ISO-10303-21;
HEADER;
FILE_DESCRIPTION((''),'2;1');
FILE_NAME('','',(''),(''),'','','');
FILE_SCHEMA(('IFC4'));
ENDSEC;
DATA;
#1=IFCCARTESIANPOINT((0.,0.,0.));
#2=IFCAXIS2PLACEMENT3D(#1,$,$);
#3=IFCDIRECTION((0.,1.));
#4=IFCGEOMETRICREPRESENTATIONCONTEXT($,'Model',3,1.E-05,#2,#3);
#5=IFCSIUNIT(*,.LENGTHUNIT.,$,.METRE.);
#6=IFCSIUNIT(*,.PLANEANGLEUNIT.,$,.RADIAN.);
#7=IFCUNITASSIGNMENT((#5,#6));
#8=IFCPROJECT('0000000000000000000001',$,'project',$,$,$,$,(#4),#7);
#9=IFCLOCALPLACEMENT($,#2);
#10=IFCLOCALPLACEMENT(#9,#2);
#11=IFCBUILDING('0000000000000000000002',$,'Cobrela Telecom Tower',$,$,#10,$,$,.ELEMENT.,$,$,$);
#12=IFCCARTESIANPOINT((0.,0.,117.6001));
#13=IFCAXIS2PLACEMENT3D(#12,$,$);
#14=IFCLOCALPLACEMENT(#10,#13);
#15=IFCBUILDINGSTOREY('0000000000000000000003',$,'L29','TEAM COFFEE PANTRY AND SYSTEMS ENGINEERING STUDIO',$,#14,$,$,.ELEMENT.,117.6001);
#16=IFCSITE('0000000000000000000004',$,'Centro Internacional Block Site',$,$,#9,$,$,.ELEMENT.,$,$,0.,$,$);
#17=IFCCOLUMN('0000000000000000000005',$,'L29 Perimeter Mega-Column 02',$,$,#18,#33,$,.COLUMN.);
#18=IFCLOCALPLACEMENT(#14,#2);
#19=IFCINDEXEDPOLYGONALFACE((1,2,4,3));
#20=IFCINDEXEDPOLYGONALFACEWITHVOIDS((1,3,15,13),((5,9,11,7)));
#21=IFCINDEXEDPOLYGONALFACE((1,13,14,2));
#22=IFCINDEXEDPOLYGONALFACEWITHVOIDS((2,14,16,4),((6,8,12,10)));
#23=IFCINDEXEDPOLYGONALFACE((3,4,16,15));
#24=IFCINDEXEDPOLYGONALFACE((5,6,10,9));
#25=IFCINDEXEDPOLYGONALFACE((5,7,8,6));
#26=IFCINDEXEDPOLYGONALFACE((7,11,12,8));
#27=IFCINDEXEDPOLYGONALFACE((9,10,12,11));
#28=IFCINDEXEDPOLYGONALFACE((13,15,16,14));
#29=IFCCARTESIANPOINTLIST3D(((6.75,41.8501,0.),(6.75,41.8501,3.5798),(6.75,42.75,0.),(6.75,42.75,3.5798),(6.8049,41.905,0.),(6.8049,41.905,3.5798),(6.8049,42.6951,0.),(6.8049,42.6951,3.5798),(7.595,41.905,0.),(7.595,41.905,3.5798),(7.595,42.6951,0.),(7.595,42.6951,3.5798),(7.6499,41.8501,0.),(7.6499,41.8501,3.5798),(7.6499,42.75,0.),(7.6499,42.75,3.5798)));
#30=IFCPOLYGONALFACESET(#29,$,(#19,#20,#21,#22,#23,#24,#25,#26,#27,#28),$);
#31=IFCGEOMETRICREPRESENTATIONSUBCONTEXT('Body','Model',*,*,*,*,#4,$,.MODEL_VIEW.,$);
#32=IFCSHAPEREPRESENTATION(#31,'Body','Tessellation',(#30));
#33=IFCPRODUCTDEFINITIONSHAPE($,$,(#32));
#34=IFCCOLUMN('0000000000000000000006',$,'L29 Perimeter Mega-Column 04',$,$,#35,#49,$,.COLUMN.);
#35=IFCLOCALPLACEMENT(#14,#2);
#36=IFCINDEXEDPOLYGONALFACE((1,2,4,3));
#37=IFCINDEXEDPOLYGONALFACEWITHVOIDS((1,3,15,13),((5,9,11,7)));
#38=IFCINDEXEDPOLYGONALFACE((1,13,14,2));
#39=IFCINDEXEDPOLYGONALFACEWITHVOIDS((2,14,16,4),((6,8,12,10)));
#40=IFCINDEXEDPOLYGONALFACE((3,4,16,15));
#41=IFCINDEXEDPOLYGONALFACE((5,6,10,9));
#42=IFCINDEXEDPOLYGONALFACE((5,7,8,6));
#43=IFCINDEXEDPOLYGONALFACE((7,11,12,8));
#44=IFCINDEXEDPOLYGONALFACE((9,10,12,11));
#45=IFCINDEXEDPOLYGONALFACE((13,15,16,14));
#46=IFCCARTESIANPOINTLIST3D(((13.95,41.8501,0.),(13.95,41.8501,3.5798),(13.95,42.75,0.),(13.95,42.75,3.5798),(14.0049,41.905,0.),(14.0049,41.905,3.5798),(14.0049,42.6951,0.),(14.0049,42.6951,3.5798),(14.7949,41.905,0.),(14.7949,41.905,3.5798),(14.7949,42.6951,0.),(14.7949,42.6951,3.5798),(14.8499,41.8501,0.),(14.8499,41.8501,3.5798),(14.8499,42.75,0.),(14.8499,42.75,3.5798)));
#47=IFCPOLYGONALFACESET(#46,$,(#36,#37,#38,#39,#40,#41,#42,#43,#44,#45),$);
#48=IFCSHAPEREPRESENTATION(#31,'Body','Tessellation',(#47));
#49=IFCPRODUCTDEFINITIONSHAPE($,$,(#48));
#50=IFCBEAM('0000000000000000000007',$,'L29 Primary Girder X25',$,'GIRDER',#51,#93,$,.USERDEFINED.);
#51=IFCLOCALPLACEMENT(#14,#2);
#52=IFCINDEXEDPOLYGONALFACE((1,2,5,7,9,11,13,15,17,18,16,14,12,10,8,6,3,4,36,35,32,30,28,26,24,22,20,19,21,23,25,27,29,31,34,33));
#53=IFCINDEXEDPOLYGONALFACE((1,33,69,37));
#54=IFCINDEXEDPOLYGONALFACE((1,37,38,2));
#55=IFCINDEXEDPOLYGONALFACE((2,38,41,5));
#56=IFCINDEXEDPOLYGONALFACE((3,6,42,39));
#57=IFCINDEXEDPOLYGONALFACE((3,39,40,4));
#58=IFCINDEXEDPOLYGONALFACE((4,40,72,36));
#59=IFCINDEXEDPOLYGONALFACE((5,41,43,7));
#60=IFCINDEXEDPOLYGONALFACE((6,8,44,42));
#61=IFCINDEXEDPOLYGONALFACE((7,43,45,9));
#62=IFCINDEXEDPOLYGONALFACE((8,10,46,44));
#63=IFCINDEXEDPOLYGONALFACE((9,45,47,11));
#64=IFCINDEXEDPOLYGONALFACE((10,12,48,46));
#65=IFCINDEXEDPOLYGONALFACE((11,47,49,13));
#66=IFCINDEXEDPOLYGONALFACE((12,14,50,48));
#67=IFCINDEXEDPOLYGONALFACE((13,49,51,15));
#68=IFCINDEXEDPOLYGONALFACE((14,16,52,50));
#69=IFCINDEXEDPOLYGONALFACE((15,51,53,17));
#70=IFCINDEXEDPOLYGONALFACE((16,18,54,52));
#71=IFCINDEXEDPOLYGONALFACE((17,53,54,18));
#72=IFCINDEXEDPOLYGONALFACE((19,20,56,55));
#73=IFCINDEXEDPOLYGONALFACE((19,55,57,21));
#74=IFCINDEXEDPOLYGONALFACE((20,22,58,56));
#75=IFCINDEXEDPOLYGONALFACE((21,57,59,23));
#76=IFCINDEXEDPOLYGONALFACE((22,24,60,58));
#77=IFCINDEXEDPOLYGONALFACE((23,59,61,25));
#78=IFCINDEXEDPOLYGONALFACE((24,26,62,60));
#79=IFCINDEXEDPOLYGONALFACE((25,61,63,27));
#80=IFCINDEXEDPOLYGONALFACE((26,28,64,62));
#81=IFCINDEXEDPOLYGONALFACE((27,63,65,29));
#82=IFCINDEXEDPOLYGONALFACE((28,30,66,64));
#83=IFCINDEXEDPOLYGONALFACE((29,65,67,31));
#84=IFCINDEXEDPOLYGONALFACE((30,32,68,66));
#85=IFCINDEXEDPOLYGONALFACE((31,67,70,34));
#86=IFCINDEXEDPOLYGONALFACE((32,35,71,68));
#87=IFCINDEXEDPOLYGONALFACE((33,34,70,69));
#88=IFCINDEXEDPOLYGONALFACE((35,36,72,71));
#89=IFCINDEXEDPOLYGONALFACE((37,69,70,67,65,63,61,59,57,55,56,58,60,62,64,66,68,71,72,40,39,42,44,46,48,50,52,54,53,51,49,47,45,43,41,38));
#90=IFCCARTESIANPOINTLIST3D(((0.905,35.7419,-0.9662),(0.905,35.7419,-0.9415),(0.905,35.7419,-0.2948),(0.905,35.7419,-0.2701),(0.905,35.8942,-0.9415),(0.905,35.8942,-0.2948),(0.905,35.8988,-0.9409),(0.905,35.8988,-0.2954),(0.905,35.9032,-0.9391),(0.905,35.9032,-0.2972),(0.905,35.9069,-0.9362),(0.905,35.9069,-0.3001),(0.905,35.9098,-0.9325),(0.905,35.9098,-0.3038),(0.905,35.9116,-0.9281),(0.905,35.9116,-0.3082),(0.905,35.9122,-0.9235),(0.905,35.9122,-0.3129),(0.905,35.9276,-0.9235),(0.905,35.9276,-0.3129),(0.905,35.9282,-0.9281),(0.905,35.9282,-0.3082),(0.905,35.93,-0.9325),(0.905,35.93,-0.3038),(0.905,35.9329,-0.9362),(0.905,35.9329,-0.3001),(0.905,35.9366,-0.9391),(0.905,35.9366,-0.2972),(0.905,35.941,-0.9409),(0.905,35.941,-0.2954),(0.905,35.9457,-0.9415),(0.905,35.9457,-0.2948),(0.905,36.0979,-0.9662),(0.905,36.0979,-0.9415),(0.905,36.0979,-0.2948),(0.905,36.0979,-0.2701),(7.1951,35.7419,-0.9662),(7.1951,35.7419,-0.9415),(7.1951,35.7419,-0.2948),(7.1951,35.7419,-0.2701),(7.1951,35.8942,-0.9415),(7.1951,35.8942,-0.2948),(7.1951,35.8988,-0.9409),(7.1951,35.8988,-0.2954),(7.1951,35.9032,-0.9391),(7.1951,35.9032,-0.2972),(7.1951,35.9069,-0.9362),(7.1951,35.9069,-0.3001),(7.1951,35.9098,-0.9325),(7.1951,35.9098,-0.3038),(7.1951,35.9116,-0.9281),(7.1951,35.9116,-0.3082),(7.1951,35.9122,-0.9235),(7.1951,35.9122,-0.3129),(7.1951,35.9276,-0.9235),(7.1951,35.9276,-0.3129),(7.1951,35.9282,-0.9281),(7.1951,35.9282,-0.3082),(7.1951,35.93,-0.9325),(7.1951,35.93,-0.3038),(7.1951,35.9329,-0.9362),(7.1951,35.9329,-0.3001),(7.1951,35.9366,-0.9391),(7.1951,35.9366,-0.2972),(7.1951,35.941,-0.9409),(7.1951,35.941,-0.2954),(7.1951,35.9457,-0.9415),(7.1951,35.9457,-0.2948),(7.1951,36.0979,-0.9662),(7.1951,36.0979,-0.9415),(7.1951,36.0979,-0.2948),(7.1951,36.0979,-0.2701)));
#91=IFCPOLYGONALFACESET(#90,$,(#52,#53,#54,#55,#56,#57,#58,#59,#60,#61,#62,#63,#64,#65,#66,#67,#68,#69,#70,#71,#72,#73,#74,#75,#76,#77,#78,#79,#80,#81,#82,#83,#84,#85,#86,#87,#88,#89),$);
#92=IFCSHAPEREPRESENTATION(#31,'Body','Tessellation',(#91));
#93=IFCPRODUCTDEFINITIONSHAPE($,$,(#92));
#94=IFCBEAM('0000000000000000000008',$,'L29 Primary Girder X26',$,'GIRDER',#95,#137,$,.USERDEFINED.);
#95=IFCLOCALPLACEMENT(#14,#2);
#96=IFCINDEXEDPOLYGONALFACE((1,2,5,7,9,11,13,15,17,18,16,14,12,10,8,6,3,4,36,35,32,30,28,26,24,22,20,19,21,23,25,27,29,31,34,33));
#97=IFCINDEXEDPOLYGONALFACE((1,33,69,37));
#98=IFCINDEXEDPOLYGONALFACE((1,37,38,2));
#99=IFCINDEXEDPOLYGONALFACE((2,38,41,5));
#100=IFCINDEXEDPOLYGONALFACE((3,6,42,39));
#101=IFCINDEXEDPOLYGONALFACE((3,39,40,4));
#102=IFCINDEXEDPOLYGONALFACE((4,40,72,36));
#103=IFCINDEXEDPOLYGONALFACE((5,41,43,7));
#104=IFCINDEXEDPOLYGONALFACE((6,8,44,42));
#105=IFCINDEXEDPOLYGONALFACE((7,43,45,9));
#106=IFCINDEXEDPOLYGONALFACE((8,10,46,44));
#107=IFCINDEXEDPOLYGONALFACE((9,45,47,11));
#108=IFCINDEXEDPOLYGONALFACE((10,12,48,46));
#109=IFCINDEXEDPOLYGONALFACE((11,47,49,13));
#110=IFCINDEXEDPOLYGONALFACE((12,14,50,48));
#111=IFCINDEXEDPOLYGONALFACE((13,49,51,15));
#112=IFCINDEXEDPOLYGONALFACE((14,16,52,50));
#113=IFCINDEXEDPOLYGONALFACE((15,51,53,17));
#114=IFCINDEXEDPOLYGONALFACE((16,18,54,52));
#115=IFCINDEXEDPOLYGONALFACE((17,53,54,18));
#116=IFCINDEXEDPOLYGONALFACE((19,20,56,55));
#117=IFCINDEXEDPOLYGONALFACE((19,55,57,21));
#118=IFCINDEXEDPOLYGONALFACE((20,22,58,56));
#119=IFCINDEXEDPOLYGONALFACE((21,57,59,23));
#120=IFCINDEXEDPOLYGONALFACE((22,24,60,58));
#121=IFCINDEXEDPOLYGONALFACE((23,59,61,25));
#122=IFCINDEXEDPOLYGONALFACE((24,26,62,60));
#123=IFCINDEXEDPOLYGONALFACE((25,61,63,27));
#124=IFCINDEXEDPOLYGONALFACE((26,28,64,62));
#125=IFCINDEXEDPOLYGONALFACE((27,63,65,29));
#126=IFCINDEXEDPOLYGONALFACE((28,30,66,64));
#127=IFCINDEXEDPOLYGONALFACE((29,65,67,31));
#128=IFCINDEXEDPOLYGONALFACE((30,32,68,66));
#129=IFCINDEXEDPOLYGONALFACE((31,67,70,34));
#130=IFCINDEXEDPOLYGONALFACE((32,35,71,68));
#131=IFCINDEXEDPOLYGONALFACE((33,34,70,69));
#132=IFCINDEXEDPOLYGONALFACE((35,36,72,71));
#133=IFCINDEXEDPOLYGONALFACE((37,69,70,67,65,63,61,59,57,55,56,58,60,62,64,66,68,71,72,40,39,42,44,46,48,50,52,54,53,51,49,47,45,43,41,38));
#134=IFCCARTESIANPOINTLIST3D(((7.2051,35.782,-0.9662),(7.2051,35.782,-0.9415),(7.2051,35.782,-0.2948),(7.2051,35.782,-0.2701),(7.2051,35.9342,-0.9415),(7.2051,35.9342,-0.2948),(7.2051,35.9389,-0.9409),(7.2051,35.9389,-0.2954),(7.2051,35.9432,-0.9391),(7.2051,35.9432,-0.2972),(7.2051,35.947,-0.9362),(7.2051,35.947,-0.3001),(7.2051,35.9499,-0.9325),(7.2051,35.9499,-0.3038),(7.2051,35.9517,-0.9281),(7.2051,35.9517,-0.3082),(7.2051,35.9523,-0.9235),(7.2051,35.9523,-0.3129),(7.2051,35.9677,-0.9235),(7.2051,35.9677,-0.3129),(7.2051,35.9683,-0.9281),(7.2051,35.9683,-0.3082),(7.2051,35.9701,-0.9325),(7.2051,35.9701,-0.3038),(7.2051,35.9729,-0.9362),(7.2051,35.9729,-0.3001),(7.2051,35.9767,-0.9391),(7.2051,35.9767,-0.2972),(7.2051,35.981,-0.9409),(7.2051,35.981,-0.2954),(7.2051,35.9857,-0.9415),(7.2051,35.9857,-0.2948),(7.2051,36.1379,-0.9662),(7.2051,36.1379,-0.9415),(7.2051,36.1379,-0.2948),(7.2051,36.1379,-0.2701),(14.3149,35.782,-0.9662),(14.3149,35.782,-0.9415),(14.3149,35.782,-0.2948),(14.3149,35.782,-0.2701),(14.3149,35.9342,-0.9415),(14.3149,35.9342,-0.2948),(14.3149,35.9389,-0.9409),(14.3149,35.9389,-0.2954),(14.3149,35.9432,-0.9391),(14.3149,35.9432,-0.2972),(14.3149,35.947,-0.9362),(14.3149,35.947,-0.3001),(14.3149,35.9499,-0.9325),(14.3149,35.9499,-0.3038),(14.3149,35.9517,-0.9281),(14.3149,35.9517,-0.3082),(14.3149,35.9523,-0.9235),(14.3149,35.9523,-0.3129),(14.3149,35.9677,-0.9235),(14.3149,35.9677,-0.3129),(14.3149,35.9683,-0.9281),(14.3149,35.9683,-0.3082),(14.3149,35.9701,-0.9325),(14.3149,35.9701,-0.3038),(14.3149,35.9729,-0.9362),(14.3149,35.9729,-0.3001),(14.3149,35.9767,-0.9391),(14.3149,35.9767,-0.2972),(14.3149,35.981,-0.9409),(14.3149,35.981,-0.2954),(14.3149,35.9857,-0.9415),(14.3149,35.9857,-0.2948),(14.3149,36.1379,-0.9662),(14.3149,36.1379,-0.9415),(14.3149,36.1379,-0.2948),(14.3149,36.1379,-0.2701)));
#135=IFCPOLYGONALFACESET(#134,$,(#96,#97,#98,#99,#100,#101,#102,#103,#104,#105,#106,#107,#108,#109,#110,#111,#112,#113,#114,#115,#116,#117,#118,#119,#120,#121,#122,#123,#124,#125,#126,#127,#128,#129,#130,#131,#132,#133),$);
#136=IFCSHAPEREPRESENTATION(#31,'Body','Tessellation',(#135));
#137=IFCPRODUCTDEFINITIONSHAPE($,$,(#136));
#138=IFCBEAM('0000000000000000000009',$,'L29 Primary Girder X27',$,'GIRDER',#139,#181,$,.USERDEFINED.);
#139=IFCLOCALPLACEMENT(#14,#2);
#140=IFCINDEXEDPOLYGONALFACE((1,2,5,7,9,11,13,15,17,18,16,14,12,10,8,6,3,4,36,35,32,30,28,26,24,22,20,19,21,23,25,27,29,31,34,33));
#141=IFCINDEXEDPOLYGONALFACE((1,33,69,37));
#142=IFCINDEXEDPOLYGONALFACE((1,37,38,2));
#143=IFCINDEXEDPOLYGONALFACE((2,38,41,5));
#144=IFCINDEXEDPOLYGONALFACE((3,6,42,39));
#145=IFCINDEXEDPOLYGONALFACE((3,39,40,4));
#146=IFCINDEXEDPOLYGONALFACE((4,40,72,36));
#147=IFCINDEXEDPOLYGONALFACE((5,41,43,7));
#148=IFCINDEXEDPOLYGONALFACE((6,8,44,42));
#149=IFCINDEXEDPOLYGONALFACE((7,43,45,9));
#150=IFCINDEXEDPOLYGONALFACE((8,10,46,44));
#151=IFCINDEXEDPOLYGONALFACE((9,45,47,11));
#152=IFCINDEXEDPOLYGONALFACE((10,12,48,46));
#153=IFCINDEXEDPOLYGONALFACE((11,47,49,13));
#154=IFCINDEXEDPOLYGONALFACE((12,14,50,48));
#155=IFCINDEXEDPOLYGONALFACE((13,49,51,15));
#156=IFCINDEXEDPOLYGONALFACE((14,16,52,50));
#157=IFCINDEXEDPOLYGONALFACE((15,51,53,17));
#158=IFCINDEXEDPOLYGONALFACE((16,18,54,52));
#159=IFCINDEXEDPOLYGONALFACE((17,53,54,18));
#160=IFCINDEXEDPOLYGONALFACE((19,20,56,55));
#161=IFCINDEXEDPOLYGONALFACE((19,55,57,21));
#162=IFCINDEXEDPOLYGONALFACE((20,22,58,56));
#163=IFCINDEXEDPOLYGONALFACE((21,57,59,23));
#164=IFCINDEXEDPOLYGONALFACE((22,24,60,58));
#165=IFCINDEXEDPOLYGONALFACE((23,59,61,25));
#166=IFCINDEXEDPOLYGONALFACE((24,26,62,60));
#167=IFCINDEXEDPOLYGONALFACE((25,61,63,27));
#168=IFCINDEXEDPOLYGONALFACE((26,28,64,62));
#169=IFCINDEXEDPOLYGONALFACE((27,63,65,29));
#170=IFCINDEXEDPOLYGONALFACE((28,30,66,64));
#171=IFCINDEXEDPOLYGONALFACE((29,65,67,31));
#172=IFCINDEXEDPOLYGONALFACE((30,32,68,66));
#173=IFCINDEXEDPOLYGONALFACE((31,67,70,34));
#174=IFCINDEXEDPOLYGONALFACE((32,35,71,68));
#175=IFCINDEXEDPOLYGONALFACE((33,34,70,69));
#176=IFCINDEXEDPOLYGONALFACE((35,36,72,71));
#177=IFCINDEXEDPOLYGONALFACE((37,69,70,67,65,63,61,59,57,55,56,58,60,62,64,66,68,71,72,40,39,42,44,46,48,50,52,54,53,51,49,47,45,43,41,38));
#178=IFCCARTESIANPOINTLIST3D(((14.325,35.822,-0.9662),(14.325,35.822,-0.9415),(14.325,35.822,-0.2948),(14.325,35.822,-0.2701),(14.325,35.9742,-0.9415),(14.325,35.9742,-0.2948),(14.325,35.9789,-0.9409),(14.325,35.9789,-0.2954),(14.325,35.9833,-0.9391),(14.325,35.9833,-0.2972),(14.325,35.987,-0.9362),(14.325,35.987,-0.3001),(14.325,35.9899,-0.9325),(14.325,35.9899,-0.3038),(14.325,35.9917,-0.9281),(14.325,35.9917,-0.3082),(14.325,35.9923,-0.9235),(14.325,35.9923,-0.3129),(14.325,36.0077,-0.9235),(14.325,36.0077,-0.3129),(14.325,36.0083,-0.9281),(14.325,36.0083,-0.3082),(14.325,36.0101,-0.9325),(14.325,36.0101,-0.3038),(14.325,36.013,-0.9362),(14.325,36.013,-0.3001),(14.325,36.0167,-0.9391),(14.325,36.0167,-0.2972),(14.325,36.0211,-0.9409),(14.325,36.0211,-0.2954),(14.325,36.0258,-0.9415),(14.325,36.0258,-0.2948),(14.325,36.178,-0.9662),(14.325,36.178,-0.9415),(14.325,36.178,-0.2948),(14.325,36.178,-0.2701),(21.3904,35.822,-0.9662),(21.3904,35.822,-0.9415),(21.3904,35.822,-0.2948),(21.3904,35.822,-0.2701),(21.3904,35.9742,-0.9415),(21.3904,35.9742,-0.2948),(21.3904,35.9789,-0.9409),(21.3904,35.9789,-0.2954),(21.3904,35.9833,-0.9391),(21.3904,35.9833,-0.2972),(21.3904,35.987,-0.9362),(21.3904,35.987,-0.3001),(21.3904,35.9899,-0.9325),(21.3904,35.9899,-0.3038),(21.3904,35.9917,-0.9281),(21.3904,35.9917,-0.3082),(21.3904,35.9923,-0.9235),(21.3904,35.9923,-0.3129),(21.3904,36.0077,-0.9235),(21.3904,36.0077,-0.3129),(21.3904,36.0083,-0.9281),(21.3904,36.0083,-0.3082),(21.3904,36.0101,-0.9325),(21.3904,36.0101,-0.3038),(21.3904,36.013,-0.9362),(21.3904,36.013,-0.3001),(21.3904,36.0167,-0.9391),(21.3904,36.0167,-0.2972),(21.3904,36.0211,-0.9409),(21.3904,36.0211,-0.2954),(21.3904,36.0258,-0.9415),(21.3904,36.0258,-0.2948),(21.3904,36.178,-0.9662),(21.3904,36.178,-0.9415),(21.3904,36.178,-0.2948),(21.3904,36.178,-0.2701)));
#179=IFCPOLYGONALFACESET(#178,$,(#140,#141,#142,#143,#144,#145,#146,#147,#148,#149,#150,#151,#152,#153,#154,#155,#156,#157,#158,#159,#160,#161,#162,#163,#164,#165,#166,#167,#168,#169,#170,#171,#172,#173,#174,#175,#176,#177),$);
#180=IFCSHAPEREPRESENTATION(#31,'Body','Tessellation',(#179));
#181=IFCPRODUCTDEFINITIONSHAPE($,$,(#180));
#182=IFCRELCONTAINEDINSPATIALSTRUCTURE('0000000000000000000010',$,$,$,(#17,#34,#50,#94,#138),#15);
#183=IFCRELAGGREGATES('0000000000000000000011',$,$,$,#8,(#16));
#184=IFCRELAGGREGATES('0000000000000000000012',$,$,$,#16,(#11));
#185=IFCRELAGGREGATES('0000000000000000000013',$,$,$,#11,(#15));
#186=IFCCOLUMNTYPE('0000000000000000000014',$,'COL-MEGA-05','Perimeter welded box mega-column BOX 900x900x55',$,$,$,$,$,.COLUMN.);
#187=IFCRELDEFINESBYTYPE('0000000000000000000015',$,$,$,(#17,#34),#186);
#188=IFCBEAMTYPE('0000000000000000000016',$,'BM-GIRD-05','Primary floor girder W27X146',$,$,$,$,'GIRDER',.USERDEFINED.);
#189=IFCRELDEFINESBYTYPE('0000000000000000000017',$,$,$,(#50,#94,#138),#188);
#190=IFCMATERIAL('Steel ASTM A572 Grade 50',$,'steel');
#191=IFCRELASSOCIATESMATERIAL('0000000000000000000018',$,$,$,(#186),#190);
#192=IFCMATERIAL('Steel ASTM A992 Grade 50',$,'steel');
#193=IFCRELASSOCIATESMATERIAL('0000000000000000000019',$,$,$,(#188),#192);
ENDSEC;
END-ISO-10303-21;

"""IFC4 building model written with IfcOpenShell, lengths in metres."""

from ifc_helpers import new_model, si_unit, direction, frame, origin, origin_2d, place, context, subcontext, project, spatial, hollow_rectangle, i_section, extrude, material, material_profile, profile_set, type_object, element, save


model = new_model("IFC4")

# Units and contexts
model_context = context("Model", 3, precision=1e-05, world=origin(), true_north=direction((0.0, 1.0)))
body_context = subcontext(model_context, "Body", "Model", "MODEL_VIEW")
ifc_project = project(units=[si_unit("LENGTHUNIT", "METRE"), si_unit("PLANEANGLEUNIT", "RADIAN")], contexts=[model_context])

# Site, building, storey
site_placement = place(None, origin())
site = spatial("IfcSite", under=ifc_project, at=site_placement, Name="Centro Internacional Block Site", CompositionType="ELEMENT", RefElevation=0.0)
building_placement = place(site_placement, origin())
building = spatial("IfcBuilding", under=site, at=building_placement, Name="Cobrela Telecom Tower", CompositionType="ELEMENT")
storey_placement = place(building_placement, frame((0.0, 0.0, 117.6001)))
storey = spatial("IfcBuildingStorey", under=building, at=storey_placement, Name="L29", Description="TEAM COFFEE PANTRY AND SYSTEMS ENGINEERING STUDIO", CompositionType="ELEMENT", Elevation=117.6001)

# Columns
ifc_material_1 = material(Name="Steel ASTM A572 Grade 50", Category="steel")
ifc_material_profile_1 = material_profile(ifc_material_1, hollow_rectangle(XDim=0.8999, YDim=0.8999, WallThickness=0.0549, at=origin_2d()), Name="BOX 900x900x55")
ifc_profile_set_1 = profile_set([ifc_material_profile_1], Name="Steel ASTM A572 Grade 50")
column_type = type_object("IfcColumnType", Name="COL-MEGA-05", Description="Perimeter welded box mega-column BOX 900x900x55", PredefinedType="COLUMN", material=ifc_profile_set_1)
for number, where, z_axis, x_axis, name in (
    (1, (7.2, 42.3, 0.0), (0.0, 0.0, 1.0), (1.0, 0.0, 0.0), "L29 Perimeter Mega-Column 02"),
    (2, (14.3999, 42.3, 0.0), (0.0, 0.0, 1.0), (1.0, 0.0, 0.0), "L29 Perimeter Mega-Column 04"),
):
    element("IfcColumn", number, at=place(storey_placement, frame(where, z_axis=z_axis, x_axis=x_axis)), inside=storey, type_object=column_type, Name=name, PredefinedType="COLUMN", context=body_context, shape_type="SweptSolid", body=[
        extrude(hollow_rectangle(XDim=0.8999, YDim=0.8999, WallThickness=0.0549, at=origin_2d()), origin(), (0.0, 0.0, 1.0), 3.5798),
    ])

# Beams
ifc_material_2 = material(Name="Steel ASTM A992 Grade 50", Category="steel")
ifc_material_profile_2 = material_profile(ifc_material_2, i_section(OverallWidth=0.356, OverallDepth=0.696, WebThickness=0.0154, FlangeThickness=0.0247, FilletRadius=0.0181, at=origin_2d()), Name="W27X146")
ifc_profile_set_2 = profile_set([ifc_material_profile_2], Name="Steel ASTM A992 Grade 50")
beam_type_1 = type_object("IfcBeamType", Name="BM-GIRD-05", Description="Primary floor girder W27X146", ElementType="GIRDER", PredefinedType="USERDEFINED", material=ifc_profile_set_2)
beam_1_placement = place(storey_placement, frame((0.905, 35.9199, -0.6182), z_axis=(1.0, 0.0, 0.0), x_axis=(0.0, 1.0, 0.0)))
element("IfcBeam", 3, at=beam_1_placement, inside=storey, type_object=beam_type_1, Name="L29 Primary Girder X25", ObjectType="GIRDER", PredefinedType="USERDEFINED", context=body_context, shape_type="SweptSolid", body=[
    extrude(i_section(OverallWidth=0.356, OverallDepth=0.696, WebThickness=0.0154, FlangeThickness=0.0247, FilletRadius=0.0181, at=origin_2d()), origin(), (0.0, 0.0, 1.0), 6.29),
])
beam_2_placement = place(storey_placement, frame((7.2051, 35.96, -0.6182), z_axis=(1.0, 0.0, 0.0), x_axis=(0.0, 1.0, 0.0)))
element("IfcBeam", 4, at=beam_2_placement, inside=storey, type_object=beam_type_1, Name="L29 Primary Girder X26", ObjectType="GIRDER", PredefinedType="USERDEFINED", context=body_context, shape_type="SweptSolid", body=[
    extrude(i_section(OverallWidth=0.356, OverallDepth=0.696, WebThickness=0.0154, FlangeThickness=0.0247, FilletRadius=0.0181, at=origin_2d()), origin(), (0.0, 0.0, 1.0), 7.1099),
])
beam_3_placement = place(storey_placement, frame((14.325, 36.0, -0.6182), z_axis=(1.0, 0.0, 0.0), x_axis=(0.0, 1.0, 0.0)))
element("IfcBeam", 5, at=beam_3_placement, inside=storey, type_object=beam_type_1, Name="L29 Primary Girder X27", ObjectType="GIRDER", PredefinedType="USERDEFINED", context=body_context, shape_type="SweptSolid", body=[
    extrude(i_section(OverallWidth=0.356, OverallDepth=0.696, WebThickness=0.0154, FlangeThickness=0.0247, FilletRadius=0.0181, at=origin_2d()), origin(), (0.0, 0.0, 1.0), 7.0654),
])

save(model, "model.ifc")
